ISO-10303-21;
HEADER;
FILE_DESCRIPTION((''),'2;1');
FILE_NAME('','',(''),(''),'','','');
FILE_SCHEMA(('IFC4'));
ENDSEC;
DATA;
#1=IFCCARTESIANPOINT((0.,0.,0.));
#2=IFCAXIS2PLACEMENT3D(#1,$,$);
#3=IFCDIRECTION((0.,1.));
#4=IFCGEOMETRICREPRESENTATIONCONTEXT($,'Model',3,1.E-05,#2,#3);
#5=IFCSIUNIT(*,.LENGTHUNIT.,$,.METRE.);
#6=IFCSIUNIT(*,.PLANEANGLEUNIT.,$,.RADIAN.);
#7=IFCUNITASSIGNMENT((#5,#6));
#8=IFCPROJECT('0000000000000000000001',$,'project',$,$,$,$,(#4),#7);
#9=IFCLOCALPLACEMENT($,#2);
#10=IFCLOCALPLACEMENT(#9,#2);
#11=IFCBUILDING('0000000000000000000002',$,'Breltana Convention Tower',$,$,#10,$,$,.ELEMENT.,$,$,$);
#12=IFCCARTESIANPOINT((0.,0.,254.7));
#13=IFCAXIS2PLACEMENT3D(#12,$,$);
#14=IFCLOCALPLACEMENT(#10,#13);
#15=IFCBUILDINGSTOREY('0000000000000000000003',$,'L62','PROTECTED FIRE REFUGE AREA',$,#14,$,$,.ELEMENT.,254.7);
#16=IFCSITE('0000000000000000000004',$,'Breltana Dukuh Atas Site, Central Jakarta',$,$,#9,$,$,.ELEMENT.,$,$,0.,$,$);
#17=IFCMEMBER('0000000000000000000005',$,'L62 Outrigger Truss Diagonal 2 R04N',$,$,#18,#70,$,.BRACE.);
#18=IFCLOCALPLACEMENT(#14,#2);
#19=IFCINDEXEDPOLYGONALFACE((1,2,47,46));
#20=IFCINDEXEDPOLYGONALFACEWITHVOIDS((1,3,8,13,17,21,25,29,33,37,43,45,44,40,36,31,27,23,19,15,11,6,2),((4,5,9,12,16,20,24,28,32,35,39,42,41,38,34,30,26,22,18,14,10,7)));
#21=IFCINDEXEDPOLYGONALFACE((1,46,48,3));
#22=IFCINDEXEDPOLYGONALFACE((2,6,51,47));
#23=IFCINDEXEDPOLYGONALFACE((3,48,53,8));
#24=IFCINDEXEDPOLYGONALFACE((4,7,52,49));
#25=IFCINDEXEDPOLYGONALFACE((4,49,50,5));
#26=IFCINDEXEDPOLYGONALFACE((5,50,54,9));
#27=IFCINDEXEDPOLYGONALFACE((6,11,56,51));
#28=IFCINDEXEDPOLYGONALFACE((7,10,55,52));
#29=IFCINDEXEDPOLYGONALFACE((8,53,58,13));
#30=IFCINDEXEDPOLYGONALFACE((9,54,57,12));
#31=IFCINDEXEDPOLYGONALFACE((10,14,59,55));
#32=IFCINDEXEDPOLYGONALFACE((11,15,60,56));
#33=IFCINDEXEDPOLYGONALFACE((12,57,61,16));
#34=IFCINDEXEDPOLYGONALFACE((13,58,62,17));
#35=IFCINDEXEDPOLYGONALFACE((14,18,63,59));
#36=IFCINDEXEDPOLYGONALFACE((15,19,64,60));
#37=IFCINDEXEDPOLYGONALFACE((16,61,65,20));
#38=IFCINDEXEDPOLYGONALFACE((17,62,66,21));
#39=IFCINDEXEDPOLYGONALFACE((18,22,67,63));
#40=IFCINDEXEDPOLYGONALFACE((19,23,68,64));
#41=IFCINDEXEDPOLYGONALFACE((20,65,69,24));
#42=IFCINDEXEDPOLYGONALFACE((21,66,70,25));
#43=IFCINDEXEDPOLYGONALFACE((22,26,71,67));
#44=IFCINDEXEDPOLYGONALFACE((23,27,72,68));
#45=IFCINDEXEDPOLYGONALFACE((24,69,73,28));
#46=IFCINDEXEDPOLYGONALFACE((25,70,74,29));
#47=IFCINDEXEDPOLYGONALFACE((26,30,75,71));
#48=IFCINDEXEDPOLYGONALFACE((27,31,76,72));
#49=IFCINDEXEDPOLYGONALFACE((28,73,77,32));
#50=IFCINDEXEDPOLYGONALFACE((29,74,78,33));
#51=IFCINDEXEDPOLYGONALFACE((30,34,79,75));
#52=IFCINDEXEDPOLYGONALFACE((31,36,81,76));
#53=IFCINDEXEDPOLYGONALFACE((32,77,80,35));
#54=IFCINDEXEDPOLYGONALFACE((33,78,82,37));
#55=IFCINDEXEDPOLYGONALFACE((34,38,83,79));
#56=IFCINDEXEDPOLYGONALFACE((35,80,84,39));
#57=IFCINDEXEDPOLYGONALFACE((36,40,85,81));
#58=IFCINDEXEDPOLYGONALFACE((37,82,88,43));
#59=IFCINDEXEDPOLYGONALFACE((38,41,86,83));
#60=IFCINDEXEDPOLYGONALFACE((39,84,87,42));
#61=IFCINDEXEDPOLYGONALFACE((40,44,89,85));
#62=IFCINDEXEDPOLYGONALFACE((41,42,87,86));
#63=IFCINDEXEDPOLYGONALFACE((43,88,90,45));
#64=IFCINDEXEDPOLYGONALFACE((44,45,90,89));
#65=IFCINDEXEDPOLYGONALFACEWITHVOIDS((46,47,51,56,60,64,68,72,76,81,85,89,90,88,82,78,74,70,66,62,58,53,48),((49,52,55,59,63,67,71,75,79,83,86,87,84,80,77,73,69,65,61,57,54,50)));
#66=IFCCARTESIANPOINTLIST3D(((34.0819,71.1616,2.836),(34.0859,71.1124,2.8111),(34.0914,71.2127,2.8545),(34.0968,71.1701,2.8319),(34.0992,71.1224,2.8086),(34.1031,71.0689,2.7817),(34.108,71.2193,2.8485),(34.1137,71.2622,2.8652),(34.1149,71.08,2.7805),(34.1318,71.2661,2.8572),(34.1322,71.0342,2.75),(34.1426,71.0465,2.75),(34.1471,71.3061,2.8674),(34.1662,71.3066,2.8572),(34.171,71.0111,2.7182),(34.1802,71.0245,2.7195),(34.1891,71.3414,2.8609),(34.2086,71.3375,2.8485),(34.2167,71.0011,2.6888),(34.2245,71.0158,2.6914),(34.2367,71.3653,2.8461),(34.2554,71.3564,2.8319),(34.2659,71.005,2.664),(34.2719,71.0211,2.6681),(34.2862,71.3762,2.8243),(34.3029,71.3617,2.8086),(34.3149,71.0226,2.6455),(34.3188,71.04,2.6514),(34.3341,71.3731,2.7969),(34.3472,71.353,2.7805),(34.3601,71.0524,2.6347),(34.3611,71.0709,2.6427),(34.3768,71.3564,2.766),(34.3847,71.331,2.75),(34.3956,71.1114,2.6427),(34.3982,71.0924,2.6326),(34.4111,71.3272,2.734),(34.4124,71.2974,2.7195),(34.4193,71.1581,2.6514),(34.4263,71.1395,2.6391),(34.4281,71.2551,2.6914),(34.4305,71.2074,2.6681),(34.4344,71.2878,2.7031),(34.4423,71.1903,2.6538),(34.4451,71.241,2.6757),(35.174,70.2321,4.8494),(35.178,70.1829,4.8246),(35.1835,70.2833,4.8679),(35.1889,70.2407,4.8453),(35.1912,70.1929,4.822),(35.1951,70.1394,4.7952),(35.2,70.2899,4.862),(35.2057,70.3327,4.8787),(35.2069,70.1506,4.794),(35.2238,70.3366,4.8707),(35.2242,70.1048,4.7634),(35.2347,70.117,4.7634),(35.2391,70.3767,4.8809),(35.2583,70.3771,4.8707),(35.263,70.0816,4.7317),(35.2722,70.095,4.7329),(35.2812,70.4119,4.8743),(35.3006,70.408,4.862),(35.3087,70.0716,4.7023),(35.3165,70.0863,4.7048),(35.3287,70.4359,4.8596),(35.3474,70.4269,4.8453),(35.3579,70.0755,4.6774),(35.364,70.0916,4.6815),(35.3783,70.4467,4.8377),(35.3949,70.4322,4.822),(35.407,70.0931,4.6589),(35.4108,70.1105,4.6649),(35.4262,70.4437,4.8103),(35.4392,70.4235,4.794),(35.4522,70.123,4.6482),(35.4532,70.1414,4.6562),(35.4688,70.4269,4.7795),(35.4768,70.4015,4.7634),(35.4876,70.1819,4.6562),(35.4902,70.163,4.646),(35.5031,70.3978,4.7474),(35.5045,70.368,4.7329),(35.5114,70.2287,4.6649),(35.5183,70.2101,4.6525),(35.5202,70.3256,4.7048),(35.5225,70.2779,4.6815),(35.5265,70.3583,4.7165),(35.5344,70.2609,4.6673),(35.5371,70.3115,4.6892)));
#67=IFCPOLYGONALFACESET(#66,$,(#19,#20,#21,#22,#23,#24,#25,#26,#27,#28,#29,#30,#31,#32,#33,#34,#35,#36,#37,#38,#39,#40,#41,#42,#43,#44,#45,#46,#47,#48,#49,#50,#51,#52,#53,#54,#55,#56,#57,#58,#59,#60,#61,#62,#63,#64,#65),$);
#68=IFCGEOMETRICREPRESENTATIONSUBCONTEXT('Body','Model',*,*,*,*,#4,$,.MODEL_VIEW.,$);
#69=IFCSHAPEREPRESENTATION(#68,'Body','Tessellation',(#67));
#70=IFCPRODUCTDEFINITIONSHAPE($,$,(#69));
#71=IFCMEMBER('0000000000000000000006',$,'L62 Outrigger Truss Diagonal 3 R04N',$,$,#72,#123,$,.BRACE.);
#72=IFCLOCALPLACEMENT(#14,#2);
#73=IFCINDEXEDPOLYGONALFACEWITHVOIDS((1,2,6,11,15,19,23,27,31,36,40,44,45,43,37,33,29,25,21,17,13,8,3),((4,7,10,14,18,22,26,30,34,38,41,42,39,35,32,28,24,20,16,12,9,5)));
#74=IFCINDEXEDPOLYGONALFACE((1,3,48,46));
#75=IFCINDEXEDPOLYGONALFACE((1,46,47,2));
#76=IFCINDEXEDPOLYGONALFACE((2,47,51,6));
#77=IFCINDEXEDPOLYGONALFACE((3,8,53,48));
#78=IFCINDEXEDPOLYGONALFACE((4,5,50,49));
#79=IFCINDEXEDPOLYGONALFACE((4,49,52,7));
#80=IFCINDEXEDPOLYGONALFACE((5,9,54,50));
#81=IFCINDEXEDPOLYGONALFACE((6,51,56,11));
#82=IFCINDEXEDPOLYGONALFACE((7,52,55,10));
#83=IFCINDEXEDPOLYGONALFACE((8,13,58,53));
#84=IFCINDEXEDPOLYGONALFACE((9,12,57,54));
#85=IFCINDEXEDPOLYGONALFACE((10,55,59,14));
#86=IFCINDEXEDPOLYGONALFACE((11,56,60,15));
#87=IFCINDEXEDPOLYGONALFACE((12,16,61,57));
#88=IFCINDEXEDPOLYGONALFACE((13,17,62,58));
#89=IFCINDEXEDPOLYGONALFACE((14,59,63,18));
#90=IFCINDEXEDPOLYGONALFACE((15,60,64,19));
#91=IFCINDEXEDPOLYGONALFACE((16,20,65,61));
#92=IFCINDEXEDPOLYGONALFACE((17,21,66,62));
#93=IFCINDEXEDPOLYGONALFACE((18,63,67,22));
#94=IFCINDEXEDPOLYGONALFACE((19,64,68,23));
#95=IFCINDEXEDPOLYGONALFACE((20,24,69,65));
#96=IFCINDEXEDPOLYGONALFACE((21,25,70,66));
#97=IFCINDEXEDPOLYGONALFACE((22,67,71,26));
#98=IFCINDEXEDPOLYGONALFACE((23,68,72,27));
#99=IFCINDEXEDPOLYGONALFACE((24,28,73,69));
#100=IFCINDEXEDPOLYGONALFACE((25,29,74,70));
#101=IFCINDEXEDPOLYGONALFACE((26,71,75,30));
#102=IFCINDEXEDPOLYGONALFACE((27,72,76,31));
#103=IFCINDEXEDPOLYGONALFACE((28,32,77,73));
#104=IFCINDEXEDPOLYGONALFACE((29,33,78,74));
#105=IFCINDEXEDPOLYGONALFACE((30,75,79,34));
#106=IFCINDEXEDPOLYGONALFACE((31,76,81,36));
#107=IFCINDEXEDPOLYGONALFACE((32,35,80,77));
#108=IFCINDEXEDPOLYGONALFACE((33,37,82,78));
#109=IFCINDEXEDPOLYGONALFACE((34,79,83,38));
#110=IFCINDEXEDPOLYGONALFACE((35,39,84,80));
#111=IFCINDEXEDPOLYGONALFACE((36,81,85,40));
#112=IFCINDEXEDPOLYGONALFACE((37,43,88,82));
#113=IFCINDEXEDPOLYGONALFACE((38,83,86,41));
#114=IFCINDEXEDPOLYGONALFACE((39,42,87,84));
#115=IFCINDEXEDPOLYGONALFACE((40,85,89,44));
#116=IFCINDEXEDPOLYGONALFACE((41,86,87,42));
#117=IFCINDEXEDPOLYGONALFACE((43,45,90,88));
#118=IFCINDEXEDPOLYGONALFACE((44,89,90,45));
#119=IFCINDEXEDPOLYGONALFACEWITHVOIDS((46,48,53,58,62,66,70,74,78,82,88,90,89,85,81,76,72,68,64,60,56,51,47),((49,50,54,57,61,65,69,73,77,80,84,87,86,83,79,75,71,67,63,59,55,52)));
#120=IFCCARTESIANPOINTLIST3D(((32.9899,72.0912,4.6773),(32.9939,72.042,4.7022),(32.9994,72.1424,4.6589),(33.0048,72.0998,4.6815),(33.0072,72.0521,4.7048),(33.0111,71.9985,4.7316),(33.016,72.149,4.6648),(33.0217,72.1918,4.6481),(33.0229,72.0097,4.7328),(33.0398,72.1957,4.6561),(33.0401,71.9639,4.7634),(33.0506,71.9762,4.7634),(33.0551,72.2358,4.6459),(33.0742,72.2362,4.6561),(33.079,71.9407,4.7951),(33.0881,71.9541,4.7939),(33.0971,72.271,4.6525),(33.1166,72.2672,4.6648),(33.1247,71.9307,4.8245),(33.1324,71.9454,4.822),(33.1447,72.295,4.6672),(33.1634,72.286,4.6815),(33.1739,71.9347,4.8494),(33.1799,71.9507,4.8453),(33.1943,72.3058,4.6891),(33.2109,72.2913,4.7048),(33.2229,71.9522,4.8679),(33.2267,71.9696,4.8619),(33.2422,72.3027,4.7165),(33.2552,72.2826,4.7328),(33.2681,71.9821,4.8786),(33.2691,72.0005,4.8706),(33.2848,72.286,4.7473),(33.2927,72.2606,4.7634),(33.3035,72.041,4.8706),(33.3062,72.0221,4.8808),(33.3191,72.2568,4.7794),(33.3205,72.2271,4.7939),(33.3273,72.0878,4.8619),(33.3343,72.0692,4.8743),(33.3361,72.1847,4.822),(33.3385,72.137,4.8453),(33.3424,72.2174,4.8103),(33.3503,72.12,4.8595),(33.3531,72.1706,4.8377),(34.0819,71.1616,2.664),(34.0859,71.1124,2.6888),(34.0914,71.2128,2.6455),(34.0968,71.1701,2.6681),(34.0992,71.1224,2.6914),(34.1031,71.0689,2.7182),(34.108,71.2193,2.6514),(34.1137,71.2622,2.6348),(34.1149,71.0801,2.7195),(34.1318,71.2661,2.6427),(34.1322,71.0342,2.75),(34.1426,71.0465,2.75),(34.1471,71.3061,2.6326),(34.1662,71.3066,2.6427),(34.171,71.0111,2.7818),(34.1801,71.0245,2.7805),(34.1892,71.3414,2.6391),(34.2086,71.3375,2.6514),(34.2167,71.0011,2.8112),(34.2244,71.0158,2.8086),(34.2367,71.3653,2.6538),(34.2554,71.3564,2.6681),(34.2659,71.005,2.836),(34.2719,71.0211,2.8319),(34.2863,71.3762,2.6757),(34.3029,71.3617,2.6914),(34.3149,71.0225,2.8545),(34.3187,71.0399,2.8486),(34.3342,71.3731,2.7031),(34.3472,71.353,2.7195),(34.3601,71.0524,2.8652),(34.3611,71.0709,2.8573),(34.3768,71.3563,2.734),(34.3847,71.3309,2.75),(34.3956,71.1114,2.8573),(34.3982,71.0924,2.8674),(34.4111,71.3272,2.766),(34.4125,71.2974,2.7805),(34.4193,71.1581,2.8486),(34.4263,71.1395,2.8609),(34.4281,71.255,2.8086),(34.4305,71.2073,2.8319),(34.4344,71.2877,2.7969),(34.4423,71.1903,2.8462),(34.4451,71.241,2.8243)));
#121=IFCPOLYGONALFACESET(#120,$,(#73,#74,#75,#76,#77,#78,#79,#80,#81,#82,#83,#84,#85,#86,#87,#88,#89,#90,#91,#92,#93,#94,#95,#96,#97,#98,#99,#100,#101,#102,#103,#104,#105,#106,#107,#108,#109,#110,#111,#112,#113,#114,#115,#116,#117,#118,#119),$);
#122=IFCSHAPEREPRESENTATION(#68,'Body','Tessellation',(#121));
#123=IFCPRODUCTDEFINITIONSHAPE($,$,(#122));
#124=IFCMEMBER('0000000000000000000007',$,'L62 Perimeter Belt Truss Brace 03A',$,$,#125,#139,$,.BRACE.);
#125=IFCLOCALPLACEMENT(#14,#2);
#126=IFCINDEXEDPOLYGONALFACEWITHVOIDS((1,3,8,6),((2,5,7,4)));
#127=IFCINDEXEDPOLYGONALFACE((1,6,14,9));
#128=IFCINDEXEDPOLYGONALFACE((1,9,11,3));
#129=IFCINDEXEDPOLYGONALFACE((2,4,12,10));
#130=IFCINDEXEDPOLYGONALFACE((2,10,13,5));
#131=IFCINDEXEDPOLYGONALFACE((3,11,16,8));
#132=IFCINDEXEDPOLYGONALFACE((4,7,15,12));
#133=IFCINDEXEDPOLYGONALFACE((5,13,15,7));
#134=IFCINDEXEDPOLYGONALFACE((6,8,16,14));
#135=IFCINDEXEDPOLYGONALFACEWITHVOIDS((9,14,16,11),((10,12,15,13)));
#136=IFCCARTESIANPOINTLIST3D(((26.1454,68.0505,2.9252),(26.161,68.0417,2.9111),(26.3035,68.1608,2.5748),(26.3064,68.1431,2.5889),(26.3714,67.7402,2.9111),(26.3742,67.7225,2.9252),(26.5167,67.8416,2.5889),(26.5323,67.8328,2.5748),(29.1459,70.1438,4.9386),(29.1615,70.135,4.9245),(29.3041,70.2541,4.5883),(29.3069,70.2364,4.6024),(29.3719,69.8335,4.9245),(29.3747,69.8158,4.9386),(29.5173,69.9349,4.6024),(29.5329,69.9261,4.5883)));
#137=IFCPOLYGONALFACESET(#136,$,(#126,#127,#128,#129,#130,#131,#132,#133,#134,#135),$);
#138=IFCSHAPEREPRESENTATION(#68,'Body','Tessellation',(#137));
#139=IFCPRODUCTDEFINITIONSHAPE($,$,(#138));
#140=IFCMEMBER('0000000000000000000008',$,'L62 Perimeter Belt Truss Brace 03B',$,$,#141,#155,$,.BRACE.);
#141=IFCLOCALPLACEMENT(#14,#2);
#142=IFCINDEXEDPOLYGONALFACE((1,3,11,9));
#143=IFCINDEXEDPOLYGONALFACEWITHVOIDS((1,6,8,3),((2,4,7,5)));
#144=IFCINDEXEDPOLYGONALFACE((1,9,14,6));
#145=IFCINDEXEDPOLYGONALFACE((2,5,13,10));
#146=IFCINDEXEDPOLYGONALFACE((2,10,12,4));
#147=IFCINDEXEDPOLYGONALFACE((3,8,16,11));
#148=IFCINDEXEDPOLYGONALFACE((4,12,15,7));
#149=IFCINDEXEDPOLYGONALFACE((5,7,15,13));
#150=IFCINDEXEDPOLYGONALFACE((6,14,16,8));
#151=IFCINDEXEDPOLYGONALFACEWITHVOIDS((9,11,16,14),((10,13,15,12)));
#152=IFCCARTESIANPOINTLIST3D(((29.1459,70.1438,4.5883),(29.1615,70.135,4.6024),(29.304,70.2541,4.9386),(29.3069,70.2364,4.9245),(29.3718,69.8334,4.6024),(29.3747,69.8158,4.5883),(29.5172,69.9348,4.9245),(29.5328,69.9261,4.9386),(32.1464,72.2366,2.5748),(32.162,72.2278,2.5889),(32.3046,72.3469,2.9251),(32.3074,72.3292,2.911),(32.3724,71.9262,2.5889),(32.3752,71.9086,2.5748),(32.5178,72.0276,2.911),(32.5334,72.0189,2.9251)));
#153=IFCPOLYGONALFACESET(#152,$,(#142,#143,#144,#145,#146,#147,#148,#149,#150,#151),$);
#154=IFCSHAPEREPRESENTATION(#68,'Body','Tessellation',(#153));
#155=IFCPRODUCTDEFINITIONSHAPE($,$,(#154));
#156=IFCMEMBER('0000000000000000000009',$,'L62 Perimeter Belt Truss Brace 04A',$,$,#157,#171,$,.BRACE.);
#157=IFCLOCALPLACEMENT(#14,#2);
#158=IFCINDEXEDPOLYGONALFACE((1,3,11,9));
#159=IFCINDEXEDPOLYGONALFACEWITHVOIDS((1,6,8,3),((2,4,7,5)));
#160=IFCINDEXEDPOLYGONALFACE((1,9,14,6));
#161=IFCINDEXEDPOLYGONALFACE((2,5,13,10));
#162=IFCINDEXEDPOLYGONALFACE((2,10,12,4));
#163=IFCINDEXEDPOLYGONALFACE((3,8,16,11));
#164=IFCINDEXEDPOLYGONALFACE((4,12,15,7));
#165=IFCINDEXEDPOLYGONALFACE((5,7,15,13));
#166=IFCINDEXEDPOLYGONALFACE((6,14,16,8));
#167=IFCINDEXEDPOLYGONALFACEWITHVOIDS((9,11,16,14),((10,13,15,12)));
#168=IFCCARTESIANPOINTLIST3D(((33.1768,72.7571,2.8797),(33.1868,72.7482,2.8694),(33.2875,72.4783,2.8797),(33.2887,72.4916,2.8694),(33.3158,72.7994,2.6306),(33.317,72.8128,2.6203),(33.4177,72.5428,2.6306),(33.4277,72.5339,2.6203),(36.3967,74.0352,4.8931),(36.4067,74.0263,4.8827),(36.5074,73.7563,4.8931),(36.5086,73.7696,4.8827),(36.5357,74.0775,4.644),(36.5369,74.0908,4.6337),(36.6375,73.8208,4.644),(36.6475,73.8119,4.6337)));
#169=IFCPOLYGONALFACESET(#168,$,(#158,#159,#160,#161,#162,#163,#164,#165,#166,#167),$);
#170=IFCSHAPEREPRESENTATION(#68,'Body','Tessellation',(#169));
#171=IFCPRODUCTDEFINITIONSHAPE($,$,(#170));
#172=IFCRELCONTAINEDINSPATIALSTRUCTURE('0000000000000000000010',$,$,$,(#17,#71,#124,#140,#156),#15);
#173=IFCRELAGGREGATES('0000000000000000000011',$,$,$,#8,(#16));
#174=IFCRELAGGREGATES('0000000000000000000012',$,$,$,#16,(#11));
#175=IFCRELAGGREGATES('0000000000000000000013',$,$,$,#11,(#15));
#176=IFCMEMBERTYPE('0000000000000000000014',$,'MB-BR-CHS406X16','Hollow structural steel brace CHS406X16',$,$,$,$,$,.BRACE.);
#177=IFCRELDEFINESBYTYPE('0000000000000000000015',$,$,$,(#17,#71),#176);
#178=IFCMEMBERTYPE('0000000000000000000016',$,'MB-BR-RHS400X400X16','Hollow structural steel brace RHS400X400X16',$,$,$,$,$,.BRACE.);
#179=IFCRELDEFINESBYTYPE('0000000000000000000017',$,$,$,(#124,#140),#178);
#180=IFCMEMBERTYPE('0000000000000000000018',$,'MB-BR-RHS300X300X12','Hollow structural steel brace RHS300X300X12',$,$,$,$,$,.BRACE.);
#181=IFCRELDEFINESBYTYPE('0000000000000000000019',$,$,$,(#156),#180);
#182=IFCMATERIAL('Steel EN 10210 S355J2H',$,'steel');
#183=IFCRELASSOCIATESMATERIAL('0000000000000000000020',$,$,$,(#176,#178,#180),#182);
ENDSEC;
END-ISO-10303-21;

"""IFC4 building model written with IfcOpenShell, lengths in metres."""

from ifc_helpers import new_model, si_unit, direction, frame, origin, origin_2d, place, context, subcontext, project, spatial, hollow_rectangle, hollow_circle, extrude, source, transform, mapped, material, material_profile, profile_set, type_object, element, save


model = new_model("IFC4")

# Units and contexts
model_context = context("Model", 3, precision=1e-05, world=origin(), true_north=direction((0.0, 1.0)))
body_context = subcontext(model_context, "Body", "Model", "MODEL_VIEW")
ifc_project = project(units=[si_unit("LENGTHUNIT", "METRE"), si_unit("PLANEANGLEUNIT", "RADIAN")], contexts=[model_context])

# Site, building, storey
site_placement = place(None, origin())
site = spatial("IfcSite", under=ifc_project, at=site_placement, Name="Breltana Dukuh Atas Site, Central Jakarta", CompositionType="ELEMENT", RefElevation=0.0)
building_placement = place(site_placement, origin())
building = spatial("IfcBuilding", under=site, at=building_placement, Name="Breltana Convention Tower", CompositionType="ELEMENT")
storey_placement = place(building_placement, frame((0.0, 0.0, 254.7)))
storey = spatial("IfcBuildingStorey", under=building, at=storey_placement, Name="L62", Description="PROTECTED FIRE REFUGE AREA", CompositionType="ELEMENT", Elevation=254.7)

# Members
ifc_material_1 = material(Name="Steel EN 10210 S355J2H", Category="steel")
ifc_material_profile_1 = material_profile(ifc_material_1, hollow_circle(Radius=0.2029, WallThickness=0.0161, at=origin_2d()), Name="CHS406X16")
ifc_profile_set_1 = profile_set([ifc_material_profile_1], Name="Steel EN 10210 S355J2H")
member_type_1 = type_object("IfcMemberType", Name="MB-BR-CHS406X16", Description="Hollow structural steel brace CHS406X16", PredefinedType="BRACE", material=ifc_profile_set_1)
shared_shape_1 = source(origin(), body_context, "Body", "SweptSolid", [
    extrude(hollow_circle(Radius=0.2029, WallThickness=0.0161, at=origin_2d()), origin(), (0.0, 0.0, 1.0), 2.4719),
])
for number, where, z_axis, x_axis, name in (
    (1, (35.3557, 70.2593, 4.7634), (-0.441781, 0.376003, -0.814525), (-0.648138, -0.761523, 0.0), "L62 Outrigger Truss Diagonal 2 R04N"),
    (2, (34.2637, 71.1887, 2.75), (-0.441765, 0.376088, 0.814495), (-0.648236, -0.761439, 0.0), "L62 Outrigger Truss Diagonal 3 R04N"),
):
    element("IfcMember", number, at=place(storey_placement, frame(where, z_axis=z_axis, x_axis=x_axis)), inside=storey, type_object=member_type_1, Name=name, PredefinedType="BRACE", context=body_context, shape_type="MappedRepresentation", body=[
        mapped(shared_shape_1, transform((0.0, 0.0, 0.0), scale=1.0)),
    ])
ifc_material_profile_2 = material_profile(ifc_material_1, hollow_rectangle(XDim=0.3999, YDim=0.3999, WallThickness=0.0161, at=origin_2d()), Name="RHS400X400X16")
ifc_profile_set_2 = profile_set([ifc_material_profile_2], Name="Steel EN 10210 S355J2H")
member_type_2 = type_object("IfcMemberType", Name="MB-BR-RHS400X400X16", Description="Hollow structural steel brace RHS400X400X16", PredefinedType="BRACE", material=ifc_profile_set_2)
shared_shape_2 = source(origin(), body_context, "Body", "SweptSolid", [
    extrude(hollow_rectangle(XDim=0.3999, YDim=0.3999, WallThickness=0.0161, at=origin_2d()), origin(), (0.0, 0.0, 1.0), 4.176),
])
member_1_placement = place(storey_placement, frame((26.3389, 67.9417, 2.75), z_axis=(0.718516, 0.501266, 0.482148), x_axis=(-0.572163, 0.82014, 0.0)))
element("IfcMember", 3, at=member_1_placement, inside=storey, type_object=member_type_2, Name="L62 Perimeter Belt Truss Brace 03A", PredefinedType="BRACE", context=body_context, shape_type="MappedRepresentation", body=[
    mapped(shared_shape_2, transform((0.0, 0.0, 0.0), scale=1.0)),
])
shared_shape_3 = source(origin(), body_context, "Body", "SweptSolid", [
    extrude(hollow_rectangle(XDim=0.3999, YDim=0.3999, WallThickness=0.0161, at=origin_2d()), origin(), (0.0, 0.0, 1.0), 4.1758),
])
member_2_placement = place(storey_placement, frame((29.3394, 70.0349, 4.7634), z_axis=(0.718558, 0.501178, -0.482177), x_axis=(-0.572073, 0.820203, 0.0)))
element("IfcMember", 4, at=member_2_placement, inside=storey, type_object=member_type_2, Name="L62 Perimeter Belt Truss Brace 03B", PredefinedType="BRACE", context=body_context, shape_type="MappedRepresentation", body=[
    mapped(shared_shape_3, transform((0.0, 0.0, 0.0), scale=1.0)),
])
ifc_material_profile_3 = material_profile(ifc_material_1, hollow_rectangle(XDim=0.3, YDim=0.3, WallThickness=0.012, at=origin_2d()), Name="RHS300X300X12")
ifc_profile_set_3 = profile_set([ifc_material_profile_3], Name="Steel EN 10210 S355J2H")
member_type_3 = type_object("IfcMemberType", Name="MB-BR-RHS300X300X12", Description="Hollow structural steel brace RHS300X300X12", PredefinedType="BRACE", material=ifc_profile_set_3)
shared_shape_4 = source(origin(), body_context, "Body", "SweptSolid", [
    extrude(hollow_rectangle(XDim=0.3, YDim=0.3, WallThickness=0.012, at=origin_2d()), origin(), (0.0, 0.0, 1.0), 4.0068),
])
member_3_placement = place(storey_placement, frame((33.3022, 72.6455, 2.75), z_axis=(0.803598, 0.318966, 0.502485), x_axis=(-0.368923, 0.92946, 0.0)))
element("IfcMember", 5, at=member_3_placement, inside=storey, type_object=member_type_3, Name="L62 Perimeter Belt Truss Brace 04A", PredefinedType="BRACE", context=body_context, shape_type="MappedRepresentation", body=[
    mapped(shared_shape_4, transform((0.0, 0.0, 0.0), scale=1.0)),
])

save(model, "model.ifc")
